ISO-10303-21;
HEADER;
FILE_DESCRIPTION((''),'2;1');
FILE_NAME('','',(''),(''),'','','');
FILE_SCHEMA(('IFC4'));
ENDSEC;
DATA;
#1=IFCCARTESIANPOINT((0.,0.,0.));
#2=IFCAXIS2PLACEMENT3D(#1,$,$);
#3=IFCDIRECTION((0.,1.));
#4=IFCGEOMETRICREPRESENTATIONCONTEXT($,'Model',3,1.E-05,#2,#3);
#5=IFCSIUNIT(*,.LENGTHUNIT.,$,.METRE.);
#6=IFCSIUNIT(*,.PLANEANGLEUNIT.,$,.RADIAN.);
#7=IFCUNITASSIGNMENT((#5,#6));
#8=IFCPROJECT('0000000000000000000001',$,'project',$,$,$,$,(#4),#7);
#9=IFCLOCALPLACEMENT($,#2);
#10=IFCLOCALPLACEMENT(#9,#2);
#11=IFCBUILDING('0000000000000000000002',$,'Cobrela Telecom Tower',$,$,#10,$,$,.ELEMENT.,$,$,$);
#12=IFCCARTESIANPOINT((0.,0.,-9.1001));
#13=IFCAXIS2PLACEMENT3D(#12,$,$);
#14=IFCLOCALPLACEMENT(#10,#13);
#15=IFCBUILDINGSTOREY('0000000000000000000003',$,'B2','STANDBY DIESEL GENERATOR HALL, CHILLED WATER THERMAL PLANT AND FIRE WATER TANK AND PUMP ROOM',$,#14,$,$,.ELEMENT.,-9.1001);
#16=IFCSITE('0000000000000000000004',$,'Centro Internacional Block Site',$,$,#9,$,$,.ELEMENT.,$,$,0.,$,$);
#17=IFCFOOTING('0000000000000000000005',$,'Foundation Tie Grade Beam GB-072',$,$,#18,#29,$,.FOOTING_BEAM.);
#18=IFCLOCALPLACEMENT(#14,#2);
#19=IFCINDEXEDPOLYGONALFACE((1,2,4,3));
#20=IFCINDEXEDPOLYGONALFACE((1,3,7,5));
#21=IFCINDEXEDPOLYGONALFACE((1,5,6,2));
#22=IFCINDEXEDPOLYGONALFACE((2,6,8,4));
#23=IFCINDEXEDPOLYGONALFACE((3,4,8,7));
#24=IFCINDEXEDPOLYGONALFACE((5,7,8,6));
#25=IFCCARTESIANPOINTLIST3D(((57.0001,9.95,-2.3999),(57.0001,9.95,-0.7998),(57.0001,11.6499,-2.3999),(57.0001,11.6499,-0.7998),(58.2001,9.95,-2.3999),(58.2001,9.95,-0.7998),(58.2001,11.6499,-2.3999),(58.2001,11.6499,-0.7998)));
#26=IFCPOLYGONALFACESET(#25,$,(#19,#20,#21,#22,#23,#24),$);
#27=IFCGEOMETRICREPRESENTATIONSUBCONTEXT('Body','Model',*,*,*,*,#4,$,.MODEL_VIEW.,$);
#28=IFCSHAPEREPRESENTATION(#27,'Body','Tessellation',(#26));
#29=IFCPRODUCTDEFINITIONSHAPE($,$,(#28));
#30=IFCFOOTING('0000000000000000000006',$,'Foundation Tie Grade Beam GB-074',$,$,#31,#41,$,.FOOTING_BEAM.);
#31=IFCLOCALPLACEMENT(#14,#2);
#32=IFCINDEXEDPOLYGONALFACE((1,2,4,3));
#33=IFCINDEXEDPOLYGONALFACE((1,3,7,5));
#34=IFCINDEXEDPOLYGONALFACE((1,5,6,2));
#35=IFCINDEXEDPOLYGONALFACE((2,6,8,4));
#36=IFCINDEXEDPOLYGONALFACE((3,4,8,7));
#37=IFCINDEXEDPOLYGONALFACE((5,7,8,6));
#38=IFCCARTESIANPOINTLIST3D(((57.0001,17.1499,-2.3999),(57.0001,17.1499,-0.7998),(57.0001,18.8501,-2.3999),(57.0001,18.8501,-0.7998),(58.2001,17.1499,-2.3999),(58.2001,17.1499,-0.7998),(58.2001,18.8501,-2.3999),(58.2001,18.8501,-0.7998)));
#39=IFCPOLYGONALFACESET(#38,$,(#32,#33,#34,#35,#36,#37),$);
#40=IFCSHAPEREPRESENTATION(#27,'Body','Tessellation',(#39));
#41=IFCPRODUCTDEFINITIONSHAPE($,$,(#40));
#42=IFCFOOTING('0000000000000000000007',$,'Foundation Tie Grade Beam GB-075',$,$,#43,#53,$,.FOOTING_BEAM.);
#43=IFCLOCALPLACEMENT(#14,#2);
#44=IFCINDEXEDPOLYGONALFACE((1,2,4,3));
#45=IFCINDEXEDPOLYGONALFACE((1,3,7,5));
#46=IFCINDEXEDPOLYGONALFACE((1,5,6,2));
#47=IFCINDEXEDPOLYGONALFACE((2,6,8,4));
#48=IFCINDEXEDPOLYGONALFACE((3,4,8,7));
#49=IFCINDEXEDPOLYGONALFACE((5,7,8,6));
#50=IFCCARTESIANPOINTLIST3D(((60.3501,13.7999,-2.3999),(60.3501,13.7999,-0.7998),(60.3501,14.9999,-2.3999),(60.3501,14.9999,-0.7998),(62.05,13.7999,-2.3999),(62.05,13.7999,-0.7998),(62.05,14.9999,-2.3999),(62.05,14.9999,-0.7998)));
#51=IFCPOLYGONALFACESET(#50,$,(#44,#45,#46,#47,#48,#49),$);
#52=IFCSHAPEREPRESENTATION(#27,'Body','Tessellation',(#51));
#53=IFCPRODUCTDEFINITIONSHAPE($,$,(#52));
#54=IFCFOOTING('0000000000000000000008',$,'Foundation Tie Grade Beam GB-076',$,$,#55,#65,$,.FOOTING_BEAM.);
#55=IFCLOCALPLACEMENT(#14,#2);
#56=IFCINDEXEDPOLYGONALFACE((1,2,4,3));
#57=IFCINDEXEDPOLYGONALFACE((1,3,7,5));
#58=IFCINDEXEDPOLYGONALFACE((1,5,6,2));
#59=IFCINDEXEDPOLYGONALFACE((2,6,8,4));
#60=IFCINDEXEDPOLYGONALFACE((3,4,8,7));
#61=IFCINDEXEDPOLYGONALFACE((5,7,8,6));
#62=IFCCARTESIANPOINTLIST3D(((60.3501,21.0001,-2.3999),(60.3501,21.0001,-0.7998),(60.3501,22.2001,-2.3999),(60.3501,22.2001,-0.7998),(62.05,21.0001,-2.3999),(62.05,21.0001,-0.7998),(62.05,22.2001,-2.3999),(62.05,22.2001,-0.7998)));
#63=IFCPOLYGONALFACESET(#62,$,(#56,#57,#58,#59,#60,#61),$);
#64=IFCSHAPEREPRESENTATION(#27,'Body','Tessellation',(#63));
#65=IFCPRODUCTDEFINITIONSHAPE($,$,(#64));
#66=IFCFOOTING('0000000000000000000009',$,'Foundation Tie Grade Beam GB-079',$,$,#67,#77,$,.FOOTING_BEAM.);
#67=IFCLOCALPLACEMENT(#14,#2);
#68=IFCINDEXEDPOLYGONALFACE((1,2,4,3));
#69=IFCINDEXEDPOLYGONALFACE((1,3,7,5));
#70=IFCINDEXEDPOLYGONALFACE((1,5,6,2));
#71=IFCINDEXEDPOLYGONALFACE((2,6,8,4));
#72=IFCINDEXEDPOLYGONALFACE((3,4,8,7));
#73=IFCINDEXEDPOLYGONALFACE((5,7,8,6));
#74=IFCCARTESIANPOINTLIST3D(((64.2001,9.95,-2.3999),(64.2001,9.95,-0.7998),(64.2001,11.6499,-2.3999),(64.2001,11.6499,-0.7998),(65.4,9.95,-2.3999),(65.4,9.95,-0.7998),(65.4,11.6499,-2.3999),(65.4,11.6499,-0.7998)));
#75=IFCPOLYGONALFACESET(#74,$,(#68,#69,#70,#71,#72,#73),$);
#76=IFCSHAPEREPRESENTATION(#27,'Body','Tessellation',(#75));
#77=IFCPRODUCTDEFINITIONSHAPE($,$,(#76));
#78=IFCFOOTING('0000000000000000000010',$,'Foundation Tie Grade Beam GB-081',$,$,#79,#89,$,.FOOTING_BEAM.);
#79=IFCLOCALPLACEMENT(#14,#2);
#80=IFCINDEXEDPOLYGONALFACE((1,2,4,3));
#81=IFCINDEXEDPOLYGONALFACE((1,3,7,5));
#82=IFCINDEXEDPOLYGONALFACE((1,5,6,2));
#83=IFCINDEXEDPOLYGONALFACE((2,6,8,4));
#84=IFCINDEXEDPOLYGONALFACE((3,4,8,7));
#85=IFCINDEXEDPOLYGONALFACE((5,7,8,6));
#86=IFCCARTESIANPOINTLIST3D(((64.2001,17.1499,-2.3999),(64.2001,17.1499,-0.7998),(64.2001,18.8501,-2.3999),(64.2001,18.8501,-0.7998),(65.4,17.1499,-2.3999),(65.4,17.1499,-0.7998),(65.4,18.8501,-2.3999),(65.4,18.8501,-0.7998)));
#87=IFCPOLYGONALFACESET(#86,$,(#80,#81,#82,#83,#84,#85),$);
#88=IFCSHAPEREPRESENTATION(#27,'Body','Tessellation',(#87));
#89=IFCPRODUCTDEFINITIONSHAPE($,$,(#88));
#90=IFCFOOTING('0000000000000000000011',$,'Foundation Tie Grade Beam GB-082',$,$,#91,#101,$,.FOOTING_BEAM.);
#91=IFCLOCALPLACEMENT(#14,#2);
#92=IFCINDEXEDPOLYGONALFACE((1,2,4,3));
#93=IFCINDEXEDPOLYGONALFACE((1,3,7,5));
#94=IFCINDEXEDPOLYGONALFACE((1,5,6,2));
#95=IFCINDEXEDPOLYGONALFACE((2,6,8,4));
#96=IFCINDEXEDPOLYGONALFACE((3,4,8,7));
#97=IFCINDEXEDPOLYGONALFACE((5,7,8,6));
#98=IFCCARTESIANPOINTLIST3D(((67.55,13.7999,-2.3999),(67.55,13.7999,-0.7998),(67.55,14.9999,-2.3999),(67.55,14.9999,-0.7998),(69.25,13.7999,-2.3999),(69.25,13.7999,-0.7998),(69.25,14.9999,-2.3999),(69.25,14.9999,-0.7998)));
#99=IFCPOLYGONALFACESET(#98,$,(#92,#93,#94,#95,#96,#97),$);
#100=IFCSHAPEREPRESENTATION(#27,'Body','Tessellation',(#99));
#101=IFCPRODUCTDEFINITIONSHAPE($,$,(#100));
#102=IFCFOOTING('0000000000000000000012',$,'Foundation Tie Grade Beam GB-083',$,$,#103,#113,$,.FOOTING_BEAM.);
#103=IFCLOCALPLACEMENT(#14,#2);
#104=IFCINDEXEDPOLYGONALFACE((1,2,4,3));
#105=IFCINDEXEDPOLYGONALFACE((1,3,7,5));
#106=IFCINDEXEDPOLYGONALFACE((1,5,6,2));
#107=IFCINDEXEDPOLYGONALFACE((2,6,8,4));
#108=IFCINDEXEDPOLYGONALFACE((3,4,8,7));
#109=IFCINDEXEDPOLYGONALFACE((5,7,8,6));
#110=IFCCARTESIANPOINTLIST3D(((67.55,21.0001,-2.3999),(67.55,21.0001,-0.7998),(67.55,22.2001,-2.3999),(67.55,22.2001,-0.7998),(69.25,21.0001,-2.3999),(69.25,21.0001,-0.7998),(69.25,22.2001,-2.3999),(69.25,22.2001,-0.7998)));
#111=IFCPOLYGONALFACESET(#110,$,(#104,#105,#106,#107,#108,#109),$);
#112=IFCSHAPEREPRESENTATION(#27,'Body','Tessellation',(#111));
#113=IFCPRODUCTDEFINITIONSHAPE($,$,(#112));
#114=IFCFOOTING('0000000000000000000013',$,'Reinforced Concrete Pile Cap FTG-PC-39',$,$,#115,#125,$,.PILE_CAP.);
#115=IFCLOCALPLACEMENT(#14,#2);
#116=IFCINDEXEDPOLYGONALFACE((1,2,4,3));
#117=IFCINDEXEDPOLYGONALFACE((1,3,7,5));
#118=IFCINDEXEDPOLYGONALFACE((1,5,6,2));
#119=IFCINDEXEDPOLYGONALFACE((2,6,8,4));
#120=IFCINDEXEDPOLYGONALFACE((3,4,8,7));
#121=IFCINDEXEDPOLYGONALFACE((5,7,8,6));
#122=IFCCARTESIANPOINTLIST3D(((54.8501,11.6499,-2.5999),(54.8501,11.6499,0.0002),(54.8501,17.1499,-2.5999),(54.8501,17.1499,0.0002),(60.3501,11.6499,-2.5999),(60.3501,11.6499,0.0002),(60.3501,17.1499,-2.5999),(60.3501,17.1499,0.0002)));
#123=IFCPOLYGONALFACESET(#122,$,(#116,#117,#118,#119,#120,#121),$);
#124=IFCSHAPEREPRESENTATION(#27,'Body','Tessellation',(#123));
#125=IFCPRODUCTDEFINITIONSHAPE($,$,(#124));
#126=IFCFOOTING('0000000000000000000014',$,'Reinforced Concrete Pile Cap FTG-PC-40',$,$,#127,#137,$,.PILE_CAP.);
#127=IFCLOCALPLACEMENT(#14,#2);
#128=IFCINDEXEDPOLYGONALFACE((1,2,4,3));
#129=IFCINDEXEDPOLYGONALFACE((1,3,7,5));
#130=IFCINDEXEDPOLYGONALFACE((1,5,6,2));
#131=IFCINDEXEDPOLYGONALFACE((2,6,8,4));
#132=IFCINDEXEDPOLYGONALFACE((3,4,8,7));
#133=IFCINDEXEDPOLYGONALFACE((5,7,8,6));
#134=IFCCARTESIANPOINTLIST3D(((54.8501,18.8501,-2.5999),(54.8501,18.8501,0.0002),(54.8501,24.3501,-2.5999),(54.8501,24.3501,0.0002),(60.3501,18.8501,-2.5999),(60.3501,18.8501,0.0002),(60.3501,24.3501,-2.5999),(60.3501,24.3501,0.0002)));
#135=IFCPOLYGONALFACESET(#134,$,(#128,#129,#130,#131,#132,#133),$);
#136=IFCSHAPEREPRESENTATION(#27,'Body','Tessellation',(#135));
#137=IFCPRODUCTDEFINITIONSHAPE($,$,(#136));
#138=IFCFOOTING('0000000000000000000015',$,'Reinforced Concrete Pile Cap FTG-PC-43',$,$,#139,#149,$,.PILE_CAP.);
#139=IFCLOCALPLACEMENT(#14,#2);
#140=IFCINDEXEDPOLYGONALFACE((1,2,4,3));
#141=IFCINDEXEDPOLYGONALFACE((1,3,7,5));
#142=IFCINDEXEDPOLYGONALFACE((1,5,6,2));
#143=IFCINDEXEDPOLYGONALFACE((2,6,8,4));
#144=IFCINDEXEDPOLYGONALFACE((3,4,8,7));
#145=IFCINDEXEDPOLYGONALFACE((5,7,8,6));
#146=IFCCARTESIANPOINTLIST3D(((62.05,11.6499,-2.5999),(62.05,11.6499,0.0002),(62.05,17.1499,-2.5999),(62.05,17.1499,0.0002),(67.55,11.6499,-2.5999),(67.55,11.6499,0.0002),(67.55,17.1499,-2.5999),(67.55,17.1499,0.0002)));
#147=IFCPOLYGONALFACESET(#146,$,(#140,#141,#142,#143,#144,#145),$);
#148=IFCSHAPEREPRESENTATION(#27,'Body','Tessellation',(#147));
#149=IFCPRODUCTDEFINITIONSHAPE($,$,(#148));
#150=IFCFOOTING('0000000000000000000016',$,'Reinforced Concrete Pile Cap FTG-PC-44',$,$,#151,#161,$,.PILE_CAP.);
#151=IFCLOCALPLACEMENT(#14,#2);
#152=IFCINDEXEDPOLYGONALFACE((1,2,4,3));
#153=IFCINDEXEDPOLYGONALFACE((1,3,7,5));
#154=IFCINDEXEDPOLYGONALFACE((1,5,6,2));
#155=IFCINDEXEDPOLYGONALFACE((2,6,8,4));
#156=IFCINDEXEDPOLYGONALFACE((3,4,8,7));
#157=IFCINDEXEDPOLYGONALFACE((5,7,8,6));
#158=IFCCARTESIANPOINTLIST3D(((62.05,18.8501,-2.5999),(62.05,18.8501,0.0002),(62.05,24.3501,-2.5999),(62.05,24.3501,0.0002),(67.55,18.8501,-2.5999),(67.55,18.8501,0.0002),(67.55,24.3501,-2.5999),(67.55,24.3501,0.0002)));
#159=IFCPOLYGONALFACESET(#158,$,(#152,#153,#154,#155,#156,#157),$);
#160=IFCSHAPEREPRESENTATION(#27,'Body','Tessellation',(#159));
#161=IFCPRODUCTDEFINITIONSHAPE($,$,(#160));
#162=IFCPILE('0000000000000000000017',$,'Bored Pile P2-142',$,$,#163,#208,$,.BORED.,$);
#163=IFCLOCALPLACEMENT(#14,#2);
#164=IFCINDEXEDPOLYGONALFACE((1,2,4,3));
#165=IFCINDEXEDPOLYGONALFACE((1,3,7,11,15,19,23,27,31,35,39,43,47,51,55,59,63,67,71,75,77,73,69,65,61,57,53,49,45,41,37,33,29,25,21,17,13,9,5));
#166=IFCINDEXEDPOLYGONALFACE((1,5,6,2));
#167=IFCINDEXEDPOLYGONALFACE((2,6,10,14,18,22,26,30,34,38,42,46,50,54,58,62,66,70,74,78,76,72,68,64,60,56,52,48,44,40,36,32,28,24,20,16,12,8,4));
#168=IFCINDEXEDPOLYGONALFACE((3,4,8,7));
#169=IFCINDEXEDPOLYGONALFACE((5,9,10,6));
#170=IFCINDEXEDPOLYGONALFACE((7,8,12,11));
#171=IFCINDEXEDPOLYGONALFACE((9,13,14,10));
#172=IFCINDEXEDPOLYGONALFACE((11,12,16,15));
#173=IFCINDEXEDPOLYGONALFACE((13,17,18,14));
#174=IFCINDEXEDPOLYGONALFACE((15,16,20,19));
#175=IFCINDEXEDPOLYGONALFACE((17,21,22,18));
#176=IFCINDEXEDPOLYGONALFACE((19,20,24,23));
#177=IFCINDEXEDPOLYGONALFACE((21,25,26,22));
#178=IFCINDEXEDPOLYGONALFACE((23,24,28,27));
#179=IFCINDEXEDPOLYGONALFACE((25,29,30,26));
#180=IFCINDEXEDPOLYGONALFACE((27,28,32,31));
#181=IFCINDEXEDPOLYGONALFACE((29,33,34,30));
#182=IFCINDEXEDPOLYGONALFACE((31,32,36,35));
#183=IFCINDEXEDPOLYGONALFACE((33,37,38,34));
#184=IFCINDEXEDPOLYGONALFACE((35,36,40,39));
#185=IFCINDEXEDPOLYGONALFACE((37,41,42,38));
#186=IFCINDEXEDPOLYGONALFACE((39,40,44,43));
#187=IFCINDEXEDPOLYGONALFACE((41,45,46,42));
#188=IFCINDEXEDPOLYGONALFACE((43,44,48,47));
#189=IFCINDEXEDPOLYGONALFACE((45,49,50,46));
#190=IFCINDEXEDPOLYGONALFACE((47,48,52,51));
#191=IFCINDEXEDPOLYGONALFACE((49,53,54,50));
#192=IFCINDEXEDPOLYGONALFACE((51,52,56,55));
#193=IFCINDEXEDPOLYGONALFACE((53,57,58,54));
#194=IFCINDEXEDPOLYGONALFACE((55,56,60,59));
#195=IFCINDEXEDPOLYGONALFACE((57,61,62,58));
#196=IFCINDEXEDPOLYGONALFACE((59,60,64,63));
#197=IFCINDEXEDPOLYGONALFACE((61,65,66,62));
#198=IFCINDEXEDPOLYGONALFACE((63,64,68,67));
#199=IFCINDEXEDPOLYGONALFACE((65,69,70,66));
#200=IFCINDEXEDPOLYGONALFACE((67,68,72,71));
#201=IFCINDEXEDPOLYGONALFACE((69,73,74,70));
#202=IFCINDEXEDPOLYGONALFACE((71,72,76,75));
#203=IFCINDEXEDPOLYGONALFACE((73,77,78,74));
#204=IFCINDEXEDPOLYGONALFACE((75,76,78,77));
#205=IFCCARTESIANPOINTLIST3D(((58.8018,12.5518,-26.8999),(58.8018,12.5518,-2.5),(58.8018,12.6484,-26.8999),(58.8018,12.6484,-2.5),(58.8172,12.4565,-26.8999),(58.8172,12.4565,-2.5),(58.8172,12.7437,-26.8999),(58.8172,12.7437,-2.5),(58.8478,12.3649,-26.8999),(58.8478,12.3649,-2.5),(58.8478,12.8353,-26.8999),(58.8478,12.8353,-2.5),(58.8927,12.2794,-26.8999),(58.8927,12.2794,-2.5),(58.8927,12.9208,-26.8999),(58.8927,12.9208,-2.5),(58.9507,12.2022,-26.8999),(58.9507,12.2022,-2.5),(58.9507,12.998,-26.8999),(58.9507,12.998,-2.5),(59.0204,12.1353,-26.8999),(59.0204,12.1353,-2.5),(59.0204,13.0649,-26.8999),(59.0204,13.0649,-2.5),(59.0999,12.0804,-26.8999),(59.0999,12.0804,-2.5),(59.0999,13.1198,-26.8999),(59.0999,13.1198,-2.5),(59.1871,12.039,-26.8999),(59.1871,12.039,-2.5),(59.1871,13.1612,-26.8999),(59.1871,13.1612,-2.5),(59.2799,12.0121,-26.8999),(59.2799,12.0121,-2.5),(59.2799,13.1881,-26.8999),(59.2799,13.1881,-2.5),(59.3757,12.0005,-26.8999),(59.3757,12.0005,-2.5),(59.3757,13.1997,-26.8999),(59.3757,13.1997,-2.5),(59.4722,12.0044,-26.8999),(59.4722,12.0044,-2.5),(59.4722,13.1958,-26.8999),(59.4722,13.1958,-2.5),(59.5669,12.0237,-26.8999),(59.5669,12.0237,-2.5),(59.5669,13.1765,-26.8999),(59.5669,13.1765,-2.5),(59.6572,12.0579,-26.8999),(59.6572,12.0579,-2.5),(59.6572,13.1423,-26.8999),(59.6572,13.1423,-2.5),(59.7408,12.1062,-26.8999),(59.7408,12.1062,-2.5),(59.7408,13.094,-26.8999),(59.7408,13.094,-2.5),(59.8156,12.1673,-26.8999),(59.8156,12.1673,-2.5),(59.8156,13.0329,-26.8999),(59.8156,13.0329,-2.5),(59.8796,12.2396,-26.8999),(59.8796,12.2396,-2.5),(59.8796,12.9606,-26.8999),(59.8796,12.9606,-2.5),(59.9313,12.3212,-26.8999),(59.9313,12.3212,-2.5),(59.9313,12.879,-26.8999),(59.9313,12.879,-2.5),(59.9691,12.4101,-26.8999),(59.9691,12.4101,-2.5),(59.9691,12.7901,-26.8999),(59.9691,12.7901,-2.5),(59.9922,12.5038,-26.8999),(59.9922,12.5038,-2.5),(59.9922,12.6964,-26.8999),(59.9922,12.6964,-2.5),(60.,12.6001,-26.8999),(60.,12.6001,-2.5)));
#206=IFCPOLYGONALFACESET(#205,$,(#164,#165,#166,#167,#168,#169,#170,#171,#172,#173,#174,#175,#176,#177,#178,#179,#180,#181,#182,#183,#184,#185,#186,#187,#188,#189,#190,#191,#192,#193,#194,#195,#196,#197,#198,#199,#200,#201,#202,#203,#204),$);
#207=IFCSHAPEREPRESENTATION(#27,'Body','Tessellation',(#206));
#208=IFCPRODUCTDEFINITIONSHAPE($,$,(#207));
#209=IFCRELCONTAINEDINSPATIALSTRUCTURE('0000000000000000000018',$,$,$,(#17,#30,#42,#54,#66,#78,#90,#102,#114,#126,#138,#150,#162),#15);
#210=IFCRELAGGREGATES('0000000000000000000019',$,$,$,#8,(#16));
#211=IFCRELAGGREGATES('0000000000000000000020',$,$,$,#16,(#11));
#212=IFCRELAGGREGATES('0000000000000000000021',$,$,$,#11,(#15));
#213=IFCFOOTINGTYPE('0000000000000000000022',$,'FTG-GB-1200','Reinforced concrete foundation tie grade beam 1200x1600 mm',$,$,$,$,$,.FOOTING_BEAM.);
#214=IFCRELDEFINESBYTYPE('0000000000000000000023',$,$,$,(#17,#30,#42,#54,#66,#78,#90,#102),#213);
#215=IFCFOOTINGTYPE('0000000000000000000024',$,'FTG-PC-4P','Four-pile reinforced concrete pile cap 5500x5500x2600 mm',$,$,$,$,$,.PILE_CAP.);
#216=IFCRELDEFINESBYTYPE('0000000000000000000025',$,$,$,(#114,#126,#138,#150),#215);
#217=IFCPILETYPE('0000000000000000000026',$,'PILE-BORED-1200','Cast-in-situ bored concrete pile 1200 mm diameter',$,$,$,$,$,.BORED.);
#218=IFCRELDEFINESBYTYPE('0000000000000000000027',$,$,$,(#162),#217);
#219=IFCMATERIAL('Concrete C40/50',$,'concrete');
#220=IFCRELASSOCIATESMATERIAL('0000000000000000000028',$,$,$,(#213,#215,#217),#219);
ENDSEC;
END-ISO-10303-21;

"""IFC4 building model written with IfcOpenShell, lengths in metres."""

from ifc_helpers import new_model, si_unit, direction, frame, origin, origin_2d, place, context, subcontext, project, spatial, rectangle, circle, extrude, material, material_profile, profile_set, type_object, element, save


model = new_model("IFC4")

# Units and contexts
model_context = context("Model", 3, precision=1e-05, world=origin(), true_north=direction((0.0, 1.0)))
body_context = subcontext(model_context, "Body", "Model", "MODEL_VIEW")
ifc_project = project(units=[si_unit("LENGTHUNIT", "METRE"), si_unit("PLANEANGLEUNIT", "RADIAN")], contexts=[model_context])

# Site, building, storey
site_placement = place(None, origin())
site = spatial("IfcSite", under=ifc_project, at=site_placement, Name="Centro Internacional Block Site", CompositionType="ELEMENT", RefElevation=0.0)
building_placement = place(site_placement, origin())
building = spatial("IfcBuilding", under=site, at=building_placement, Name="Cobrela Telecom Tower", CompositionType="ELEMENT")
storey_placement = place(building_placement, frame((0.0, 0.0, -9.1001)))
storey = spatial("IfcBuildingStorey", under=building, at=storey_placement, Name="B2", Description="STANDBY DIESEL GENERATOR HALL, CHILLED WATER THERMAL PLANT AND FIRE WATER TANK AND PUMP ROOM", CompositionType="ELEMENT", Elevation=-9.1001)

# Footings
ifc_material_1 = material(Name="Concrete C40/50", Category="concrete")
ifc_material_profile_1 = material_profile(ifc_material_1, rectangle(XDim=1.2, YDim=1.6001, at=origin_2d()), Name="GB 1200x1600")
ifc_profile_set_1 = profile_set([ifc_material_profile_1], Name="Concrete C40/50")
footing_type_1 = type_object("IfcFootingType", Name="FTG-GB-1200", Description="Reinforced concrete foundation tie grade beam 1200x1600 mm", PredefinedType="FOOTING_BEAM", material=ifc_profile_set_1)
footing_1_placement = place(storey_placement, frame((57.6001, 9.95, -1.5999), z_axis=(0.0, 1.0, 0.0), x_axis=(-1.0, 0.0, 0.0)))
element("IfcFooting", 1, at=footing_1_placement, inside=storey, type_object=footing_type_1, Name="Foundation Tie Grade Beam GB-072", PredefinedType="FOOTING_BEAM", context=body_context, shape_type="SweptSolid", body=[
    extrude(rectangle(XDim=1.2, YDim=1.6001, at=origin_2d()), origin(), (0.0, 0.0, 1.0), 1.7),
])
footing_2_placement = place(storey_placement, frame((57.6001, 17.1499, -1.5999), z_axis=(0.0, 1.0, 0.0), x_axis=(-1.0, 0.0, 0.0)))
element("IfcFooting", 2, at=footing_2_placement, inside=storey, type_object=footing_type_1, Name="Foundation Tie Grade Beam GB-074", PredefinedType="FOOTING_BEAM", context=body_context, shape_type="SweptSolid", body=[
    extrude(rectangle(XDim=1.2, YDim=1.6001, at=origin_2d()), origin(), (0.0, 0.0, 1.0), 1.7002),
])
for number, where, z_axis, x_axis, name in (
    (3, (60.3501, 14.3999, -1.5999), (1.0, 0.0, 0.0), (0.0, 1.0, 0.0), "Foundation Tie Grade Beam GB-075"),
    (4, (60.3501, 21.6001, -1.5999), (1.0, 0.0, 0.0), (0.0, 1.0, 0.0), "Foundation Tie Grade Beam GB-076"),
    (5, (64.8, 9.95, -1.5999), (0.0, 1.0, 0.0), (-1.0, 0.0, 0.0), "Foundation Tie Grade Beam GB-079"),
):
    element("IfcFooting", number, at=place(storey_placement, frame(where, z_axis=z_axis, x_axis=x_axis)), inside=storey, type_object=footing_type_1, Name=name, PredefinedType="FOOTING_BEAM", context=body_context, shape_type="SweptSolid", body=[
        extrude(rectangle(XDim=1.2, YDim=1.6001, at=origin_2d()), origin(), (0.0, 0.0, 1.0), 1.7),
    ])
footing_3_placement = place(storey_placement, frame((64.8, 17.1499, -1.5999), z_axis=(0.0, 1.0, 0.0), x_axis=(-1.0, 0.0, 0.0)))
element("IfcFooting", 6, at=footing_3_placement, inside=storey, type_object=footing_type_1, Name="Foundation Tie Grade Beam GB-081", PredefinedType="FOOTING_BEAM", context=body_context, shape_type="SweptSolid", body=[
    extrude(rectangle(XDim=1.2, YDim=1.6001, at=origin_2d()), origin(), (0.0, 0.0, 1.0), 1.7002),
])
for number, where, z_axis, x_axis, name in (
    (7, (67.55, 14.3999, -1.5999), (1.0, 0.0, 0.0), (0.0, 1.0, 0.0), "Foundation Tie Grade Beam GB-082"),
    (8, (67.55, 21.6001, -1.5999), (1.0, 0.0, 0.0), (0.0, 1.0, 0.0), "Foundation Tie Grade Beam GB-083"),
):
    element("IfcFooting", number, at=place(storey_placement, frame(where, z_axis=z_axis, x_axis=x_axis)), inside=storey, type_object=footing_type_1, Name=name, PredefinedType="FOOTING_BEAM", context=body_context, shape_type="SweptSolid", body=[
        extrude(rectangle(XDim=1.2, YDim=1.6001, at=origin_2d()), origin(), (0.0, 0.0, 1.0), 1.7),
    ])
footing_type_2 = type_object("IfcFootingType", Name="FTG-PC-4P", Description="Four-pile reinforced concrete pile cap 5500x5500x2600 mm", PredefinedType="PILE_CAP", material=ifc_material_1)
for number, where, z_axis, x_axis, name in (
    (9, (57.6001, 14.3999, -2.5999), (0.0, 0.0, 1.0), (1.0, 0.0, 0.0), "Reinforced Concrete Pile Cap FTG-PC-39"),
    (10, (57.6001, 21.6001, -2.5999), (0.0, 0.0, 1.0), (1.0, 0.0, 0.0), "Reinforced Concrete Pile Cap FTG-PC-40"),
    (11, (64.8, 14.3999, -2.5999), (0.0, 0.0, 1.0), (1.0, 0.0, 0.0), "Reinforced Concrete Pile Cap FTG-PC-43"),
    (12, (64.8, 21.6001, -2.5999), (0.0, 0.0, 1.0), (1.0, 0.0, 0.0), "Reinforced Concrete Pile Cap FTG-PC-44"),
):
    element("IfcFooting", number, at=place(storey_placement, frame(where, z_axis=z_axis, x_axis=x_axis)), inside=storey, type_object=footing_type_2, Name=name, PredefinedType="PILE_CAP", context=body_context, shape_type="SweptSolid", body=[
        extrude(rectangle(XDim=5.5, YDim=5.5, at=origin_2d()), origin(), (0.0, 0.0, 1.0), 2.6001),
    ])

# Pile
ifc_material_profile_2 = material_profile(ifc_material_1, circle(Radius=0.6001, at=origin_2d()), Name="BORED PILE D1200")
ifc_profile_set_2 = profile_set([ifc_material_profile_2], Name="Concrete C40/50")
pile_type = type_object("IfcPileType", Name="PILE-BORED-1200", Description="Cast-in-situ bored concrete pile 1200 mm diameter", PredefinedType="BORED", material=ifc_profile_set_2)
for number, where, z_axis, x_axis, name in (
    (13, (59.3999, 12.6001, -2.5), (0.0, 0.0, -1.0), (1.0, 0.0, 0.0), "Bored Pile P2-142"),
):
    element("IfcPile", number, at=place(storey_placement, frame(where, z_axis=z_axis, x_axis=x_axis)), inside=storey, type_object=pile_type, Name=name, PredefinedType="BORED", context=body_context, shape_type="SweptSolid", body=[
        extrude(circle(Radius=0.6001, at=origin_2d()), origin(), (0.0, 0.0, 1.0), 24.3999),
    ])

save(model, "model.ifc")
